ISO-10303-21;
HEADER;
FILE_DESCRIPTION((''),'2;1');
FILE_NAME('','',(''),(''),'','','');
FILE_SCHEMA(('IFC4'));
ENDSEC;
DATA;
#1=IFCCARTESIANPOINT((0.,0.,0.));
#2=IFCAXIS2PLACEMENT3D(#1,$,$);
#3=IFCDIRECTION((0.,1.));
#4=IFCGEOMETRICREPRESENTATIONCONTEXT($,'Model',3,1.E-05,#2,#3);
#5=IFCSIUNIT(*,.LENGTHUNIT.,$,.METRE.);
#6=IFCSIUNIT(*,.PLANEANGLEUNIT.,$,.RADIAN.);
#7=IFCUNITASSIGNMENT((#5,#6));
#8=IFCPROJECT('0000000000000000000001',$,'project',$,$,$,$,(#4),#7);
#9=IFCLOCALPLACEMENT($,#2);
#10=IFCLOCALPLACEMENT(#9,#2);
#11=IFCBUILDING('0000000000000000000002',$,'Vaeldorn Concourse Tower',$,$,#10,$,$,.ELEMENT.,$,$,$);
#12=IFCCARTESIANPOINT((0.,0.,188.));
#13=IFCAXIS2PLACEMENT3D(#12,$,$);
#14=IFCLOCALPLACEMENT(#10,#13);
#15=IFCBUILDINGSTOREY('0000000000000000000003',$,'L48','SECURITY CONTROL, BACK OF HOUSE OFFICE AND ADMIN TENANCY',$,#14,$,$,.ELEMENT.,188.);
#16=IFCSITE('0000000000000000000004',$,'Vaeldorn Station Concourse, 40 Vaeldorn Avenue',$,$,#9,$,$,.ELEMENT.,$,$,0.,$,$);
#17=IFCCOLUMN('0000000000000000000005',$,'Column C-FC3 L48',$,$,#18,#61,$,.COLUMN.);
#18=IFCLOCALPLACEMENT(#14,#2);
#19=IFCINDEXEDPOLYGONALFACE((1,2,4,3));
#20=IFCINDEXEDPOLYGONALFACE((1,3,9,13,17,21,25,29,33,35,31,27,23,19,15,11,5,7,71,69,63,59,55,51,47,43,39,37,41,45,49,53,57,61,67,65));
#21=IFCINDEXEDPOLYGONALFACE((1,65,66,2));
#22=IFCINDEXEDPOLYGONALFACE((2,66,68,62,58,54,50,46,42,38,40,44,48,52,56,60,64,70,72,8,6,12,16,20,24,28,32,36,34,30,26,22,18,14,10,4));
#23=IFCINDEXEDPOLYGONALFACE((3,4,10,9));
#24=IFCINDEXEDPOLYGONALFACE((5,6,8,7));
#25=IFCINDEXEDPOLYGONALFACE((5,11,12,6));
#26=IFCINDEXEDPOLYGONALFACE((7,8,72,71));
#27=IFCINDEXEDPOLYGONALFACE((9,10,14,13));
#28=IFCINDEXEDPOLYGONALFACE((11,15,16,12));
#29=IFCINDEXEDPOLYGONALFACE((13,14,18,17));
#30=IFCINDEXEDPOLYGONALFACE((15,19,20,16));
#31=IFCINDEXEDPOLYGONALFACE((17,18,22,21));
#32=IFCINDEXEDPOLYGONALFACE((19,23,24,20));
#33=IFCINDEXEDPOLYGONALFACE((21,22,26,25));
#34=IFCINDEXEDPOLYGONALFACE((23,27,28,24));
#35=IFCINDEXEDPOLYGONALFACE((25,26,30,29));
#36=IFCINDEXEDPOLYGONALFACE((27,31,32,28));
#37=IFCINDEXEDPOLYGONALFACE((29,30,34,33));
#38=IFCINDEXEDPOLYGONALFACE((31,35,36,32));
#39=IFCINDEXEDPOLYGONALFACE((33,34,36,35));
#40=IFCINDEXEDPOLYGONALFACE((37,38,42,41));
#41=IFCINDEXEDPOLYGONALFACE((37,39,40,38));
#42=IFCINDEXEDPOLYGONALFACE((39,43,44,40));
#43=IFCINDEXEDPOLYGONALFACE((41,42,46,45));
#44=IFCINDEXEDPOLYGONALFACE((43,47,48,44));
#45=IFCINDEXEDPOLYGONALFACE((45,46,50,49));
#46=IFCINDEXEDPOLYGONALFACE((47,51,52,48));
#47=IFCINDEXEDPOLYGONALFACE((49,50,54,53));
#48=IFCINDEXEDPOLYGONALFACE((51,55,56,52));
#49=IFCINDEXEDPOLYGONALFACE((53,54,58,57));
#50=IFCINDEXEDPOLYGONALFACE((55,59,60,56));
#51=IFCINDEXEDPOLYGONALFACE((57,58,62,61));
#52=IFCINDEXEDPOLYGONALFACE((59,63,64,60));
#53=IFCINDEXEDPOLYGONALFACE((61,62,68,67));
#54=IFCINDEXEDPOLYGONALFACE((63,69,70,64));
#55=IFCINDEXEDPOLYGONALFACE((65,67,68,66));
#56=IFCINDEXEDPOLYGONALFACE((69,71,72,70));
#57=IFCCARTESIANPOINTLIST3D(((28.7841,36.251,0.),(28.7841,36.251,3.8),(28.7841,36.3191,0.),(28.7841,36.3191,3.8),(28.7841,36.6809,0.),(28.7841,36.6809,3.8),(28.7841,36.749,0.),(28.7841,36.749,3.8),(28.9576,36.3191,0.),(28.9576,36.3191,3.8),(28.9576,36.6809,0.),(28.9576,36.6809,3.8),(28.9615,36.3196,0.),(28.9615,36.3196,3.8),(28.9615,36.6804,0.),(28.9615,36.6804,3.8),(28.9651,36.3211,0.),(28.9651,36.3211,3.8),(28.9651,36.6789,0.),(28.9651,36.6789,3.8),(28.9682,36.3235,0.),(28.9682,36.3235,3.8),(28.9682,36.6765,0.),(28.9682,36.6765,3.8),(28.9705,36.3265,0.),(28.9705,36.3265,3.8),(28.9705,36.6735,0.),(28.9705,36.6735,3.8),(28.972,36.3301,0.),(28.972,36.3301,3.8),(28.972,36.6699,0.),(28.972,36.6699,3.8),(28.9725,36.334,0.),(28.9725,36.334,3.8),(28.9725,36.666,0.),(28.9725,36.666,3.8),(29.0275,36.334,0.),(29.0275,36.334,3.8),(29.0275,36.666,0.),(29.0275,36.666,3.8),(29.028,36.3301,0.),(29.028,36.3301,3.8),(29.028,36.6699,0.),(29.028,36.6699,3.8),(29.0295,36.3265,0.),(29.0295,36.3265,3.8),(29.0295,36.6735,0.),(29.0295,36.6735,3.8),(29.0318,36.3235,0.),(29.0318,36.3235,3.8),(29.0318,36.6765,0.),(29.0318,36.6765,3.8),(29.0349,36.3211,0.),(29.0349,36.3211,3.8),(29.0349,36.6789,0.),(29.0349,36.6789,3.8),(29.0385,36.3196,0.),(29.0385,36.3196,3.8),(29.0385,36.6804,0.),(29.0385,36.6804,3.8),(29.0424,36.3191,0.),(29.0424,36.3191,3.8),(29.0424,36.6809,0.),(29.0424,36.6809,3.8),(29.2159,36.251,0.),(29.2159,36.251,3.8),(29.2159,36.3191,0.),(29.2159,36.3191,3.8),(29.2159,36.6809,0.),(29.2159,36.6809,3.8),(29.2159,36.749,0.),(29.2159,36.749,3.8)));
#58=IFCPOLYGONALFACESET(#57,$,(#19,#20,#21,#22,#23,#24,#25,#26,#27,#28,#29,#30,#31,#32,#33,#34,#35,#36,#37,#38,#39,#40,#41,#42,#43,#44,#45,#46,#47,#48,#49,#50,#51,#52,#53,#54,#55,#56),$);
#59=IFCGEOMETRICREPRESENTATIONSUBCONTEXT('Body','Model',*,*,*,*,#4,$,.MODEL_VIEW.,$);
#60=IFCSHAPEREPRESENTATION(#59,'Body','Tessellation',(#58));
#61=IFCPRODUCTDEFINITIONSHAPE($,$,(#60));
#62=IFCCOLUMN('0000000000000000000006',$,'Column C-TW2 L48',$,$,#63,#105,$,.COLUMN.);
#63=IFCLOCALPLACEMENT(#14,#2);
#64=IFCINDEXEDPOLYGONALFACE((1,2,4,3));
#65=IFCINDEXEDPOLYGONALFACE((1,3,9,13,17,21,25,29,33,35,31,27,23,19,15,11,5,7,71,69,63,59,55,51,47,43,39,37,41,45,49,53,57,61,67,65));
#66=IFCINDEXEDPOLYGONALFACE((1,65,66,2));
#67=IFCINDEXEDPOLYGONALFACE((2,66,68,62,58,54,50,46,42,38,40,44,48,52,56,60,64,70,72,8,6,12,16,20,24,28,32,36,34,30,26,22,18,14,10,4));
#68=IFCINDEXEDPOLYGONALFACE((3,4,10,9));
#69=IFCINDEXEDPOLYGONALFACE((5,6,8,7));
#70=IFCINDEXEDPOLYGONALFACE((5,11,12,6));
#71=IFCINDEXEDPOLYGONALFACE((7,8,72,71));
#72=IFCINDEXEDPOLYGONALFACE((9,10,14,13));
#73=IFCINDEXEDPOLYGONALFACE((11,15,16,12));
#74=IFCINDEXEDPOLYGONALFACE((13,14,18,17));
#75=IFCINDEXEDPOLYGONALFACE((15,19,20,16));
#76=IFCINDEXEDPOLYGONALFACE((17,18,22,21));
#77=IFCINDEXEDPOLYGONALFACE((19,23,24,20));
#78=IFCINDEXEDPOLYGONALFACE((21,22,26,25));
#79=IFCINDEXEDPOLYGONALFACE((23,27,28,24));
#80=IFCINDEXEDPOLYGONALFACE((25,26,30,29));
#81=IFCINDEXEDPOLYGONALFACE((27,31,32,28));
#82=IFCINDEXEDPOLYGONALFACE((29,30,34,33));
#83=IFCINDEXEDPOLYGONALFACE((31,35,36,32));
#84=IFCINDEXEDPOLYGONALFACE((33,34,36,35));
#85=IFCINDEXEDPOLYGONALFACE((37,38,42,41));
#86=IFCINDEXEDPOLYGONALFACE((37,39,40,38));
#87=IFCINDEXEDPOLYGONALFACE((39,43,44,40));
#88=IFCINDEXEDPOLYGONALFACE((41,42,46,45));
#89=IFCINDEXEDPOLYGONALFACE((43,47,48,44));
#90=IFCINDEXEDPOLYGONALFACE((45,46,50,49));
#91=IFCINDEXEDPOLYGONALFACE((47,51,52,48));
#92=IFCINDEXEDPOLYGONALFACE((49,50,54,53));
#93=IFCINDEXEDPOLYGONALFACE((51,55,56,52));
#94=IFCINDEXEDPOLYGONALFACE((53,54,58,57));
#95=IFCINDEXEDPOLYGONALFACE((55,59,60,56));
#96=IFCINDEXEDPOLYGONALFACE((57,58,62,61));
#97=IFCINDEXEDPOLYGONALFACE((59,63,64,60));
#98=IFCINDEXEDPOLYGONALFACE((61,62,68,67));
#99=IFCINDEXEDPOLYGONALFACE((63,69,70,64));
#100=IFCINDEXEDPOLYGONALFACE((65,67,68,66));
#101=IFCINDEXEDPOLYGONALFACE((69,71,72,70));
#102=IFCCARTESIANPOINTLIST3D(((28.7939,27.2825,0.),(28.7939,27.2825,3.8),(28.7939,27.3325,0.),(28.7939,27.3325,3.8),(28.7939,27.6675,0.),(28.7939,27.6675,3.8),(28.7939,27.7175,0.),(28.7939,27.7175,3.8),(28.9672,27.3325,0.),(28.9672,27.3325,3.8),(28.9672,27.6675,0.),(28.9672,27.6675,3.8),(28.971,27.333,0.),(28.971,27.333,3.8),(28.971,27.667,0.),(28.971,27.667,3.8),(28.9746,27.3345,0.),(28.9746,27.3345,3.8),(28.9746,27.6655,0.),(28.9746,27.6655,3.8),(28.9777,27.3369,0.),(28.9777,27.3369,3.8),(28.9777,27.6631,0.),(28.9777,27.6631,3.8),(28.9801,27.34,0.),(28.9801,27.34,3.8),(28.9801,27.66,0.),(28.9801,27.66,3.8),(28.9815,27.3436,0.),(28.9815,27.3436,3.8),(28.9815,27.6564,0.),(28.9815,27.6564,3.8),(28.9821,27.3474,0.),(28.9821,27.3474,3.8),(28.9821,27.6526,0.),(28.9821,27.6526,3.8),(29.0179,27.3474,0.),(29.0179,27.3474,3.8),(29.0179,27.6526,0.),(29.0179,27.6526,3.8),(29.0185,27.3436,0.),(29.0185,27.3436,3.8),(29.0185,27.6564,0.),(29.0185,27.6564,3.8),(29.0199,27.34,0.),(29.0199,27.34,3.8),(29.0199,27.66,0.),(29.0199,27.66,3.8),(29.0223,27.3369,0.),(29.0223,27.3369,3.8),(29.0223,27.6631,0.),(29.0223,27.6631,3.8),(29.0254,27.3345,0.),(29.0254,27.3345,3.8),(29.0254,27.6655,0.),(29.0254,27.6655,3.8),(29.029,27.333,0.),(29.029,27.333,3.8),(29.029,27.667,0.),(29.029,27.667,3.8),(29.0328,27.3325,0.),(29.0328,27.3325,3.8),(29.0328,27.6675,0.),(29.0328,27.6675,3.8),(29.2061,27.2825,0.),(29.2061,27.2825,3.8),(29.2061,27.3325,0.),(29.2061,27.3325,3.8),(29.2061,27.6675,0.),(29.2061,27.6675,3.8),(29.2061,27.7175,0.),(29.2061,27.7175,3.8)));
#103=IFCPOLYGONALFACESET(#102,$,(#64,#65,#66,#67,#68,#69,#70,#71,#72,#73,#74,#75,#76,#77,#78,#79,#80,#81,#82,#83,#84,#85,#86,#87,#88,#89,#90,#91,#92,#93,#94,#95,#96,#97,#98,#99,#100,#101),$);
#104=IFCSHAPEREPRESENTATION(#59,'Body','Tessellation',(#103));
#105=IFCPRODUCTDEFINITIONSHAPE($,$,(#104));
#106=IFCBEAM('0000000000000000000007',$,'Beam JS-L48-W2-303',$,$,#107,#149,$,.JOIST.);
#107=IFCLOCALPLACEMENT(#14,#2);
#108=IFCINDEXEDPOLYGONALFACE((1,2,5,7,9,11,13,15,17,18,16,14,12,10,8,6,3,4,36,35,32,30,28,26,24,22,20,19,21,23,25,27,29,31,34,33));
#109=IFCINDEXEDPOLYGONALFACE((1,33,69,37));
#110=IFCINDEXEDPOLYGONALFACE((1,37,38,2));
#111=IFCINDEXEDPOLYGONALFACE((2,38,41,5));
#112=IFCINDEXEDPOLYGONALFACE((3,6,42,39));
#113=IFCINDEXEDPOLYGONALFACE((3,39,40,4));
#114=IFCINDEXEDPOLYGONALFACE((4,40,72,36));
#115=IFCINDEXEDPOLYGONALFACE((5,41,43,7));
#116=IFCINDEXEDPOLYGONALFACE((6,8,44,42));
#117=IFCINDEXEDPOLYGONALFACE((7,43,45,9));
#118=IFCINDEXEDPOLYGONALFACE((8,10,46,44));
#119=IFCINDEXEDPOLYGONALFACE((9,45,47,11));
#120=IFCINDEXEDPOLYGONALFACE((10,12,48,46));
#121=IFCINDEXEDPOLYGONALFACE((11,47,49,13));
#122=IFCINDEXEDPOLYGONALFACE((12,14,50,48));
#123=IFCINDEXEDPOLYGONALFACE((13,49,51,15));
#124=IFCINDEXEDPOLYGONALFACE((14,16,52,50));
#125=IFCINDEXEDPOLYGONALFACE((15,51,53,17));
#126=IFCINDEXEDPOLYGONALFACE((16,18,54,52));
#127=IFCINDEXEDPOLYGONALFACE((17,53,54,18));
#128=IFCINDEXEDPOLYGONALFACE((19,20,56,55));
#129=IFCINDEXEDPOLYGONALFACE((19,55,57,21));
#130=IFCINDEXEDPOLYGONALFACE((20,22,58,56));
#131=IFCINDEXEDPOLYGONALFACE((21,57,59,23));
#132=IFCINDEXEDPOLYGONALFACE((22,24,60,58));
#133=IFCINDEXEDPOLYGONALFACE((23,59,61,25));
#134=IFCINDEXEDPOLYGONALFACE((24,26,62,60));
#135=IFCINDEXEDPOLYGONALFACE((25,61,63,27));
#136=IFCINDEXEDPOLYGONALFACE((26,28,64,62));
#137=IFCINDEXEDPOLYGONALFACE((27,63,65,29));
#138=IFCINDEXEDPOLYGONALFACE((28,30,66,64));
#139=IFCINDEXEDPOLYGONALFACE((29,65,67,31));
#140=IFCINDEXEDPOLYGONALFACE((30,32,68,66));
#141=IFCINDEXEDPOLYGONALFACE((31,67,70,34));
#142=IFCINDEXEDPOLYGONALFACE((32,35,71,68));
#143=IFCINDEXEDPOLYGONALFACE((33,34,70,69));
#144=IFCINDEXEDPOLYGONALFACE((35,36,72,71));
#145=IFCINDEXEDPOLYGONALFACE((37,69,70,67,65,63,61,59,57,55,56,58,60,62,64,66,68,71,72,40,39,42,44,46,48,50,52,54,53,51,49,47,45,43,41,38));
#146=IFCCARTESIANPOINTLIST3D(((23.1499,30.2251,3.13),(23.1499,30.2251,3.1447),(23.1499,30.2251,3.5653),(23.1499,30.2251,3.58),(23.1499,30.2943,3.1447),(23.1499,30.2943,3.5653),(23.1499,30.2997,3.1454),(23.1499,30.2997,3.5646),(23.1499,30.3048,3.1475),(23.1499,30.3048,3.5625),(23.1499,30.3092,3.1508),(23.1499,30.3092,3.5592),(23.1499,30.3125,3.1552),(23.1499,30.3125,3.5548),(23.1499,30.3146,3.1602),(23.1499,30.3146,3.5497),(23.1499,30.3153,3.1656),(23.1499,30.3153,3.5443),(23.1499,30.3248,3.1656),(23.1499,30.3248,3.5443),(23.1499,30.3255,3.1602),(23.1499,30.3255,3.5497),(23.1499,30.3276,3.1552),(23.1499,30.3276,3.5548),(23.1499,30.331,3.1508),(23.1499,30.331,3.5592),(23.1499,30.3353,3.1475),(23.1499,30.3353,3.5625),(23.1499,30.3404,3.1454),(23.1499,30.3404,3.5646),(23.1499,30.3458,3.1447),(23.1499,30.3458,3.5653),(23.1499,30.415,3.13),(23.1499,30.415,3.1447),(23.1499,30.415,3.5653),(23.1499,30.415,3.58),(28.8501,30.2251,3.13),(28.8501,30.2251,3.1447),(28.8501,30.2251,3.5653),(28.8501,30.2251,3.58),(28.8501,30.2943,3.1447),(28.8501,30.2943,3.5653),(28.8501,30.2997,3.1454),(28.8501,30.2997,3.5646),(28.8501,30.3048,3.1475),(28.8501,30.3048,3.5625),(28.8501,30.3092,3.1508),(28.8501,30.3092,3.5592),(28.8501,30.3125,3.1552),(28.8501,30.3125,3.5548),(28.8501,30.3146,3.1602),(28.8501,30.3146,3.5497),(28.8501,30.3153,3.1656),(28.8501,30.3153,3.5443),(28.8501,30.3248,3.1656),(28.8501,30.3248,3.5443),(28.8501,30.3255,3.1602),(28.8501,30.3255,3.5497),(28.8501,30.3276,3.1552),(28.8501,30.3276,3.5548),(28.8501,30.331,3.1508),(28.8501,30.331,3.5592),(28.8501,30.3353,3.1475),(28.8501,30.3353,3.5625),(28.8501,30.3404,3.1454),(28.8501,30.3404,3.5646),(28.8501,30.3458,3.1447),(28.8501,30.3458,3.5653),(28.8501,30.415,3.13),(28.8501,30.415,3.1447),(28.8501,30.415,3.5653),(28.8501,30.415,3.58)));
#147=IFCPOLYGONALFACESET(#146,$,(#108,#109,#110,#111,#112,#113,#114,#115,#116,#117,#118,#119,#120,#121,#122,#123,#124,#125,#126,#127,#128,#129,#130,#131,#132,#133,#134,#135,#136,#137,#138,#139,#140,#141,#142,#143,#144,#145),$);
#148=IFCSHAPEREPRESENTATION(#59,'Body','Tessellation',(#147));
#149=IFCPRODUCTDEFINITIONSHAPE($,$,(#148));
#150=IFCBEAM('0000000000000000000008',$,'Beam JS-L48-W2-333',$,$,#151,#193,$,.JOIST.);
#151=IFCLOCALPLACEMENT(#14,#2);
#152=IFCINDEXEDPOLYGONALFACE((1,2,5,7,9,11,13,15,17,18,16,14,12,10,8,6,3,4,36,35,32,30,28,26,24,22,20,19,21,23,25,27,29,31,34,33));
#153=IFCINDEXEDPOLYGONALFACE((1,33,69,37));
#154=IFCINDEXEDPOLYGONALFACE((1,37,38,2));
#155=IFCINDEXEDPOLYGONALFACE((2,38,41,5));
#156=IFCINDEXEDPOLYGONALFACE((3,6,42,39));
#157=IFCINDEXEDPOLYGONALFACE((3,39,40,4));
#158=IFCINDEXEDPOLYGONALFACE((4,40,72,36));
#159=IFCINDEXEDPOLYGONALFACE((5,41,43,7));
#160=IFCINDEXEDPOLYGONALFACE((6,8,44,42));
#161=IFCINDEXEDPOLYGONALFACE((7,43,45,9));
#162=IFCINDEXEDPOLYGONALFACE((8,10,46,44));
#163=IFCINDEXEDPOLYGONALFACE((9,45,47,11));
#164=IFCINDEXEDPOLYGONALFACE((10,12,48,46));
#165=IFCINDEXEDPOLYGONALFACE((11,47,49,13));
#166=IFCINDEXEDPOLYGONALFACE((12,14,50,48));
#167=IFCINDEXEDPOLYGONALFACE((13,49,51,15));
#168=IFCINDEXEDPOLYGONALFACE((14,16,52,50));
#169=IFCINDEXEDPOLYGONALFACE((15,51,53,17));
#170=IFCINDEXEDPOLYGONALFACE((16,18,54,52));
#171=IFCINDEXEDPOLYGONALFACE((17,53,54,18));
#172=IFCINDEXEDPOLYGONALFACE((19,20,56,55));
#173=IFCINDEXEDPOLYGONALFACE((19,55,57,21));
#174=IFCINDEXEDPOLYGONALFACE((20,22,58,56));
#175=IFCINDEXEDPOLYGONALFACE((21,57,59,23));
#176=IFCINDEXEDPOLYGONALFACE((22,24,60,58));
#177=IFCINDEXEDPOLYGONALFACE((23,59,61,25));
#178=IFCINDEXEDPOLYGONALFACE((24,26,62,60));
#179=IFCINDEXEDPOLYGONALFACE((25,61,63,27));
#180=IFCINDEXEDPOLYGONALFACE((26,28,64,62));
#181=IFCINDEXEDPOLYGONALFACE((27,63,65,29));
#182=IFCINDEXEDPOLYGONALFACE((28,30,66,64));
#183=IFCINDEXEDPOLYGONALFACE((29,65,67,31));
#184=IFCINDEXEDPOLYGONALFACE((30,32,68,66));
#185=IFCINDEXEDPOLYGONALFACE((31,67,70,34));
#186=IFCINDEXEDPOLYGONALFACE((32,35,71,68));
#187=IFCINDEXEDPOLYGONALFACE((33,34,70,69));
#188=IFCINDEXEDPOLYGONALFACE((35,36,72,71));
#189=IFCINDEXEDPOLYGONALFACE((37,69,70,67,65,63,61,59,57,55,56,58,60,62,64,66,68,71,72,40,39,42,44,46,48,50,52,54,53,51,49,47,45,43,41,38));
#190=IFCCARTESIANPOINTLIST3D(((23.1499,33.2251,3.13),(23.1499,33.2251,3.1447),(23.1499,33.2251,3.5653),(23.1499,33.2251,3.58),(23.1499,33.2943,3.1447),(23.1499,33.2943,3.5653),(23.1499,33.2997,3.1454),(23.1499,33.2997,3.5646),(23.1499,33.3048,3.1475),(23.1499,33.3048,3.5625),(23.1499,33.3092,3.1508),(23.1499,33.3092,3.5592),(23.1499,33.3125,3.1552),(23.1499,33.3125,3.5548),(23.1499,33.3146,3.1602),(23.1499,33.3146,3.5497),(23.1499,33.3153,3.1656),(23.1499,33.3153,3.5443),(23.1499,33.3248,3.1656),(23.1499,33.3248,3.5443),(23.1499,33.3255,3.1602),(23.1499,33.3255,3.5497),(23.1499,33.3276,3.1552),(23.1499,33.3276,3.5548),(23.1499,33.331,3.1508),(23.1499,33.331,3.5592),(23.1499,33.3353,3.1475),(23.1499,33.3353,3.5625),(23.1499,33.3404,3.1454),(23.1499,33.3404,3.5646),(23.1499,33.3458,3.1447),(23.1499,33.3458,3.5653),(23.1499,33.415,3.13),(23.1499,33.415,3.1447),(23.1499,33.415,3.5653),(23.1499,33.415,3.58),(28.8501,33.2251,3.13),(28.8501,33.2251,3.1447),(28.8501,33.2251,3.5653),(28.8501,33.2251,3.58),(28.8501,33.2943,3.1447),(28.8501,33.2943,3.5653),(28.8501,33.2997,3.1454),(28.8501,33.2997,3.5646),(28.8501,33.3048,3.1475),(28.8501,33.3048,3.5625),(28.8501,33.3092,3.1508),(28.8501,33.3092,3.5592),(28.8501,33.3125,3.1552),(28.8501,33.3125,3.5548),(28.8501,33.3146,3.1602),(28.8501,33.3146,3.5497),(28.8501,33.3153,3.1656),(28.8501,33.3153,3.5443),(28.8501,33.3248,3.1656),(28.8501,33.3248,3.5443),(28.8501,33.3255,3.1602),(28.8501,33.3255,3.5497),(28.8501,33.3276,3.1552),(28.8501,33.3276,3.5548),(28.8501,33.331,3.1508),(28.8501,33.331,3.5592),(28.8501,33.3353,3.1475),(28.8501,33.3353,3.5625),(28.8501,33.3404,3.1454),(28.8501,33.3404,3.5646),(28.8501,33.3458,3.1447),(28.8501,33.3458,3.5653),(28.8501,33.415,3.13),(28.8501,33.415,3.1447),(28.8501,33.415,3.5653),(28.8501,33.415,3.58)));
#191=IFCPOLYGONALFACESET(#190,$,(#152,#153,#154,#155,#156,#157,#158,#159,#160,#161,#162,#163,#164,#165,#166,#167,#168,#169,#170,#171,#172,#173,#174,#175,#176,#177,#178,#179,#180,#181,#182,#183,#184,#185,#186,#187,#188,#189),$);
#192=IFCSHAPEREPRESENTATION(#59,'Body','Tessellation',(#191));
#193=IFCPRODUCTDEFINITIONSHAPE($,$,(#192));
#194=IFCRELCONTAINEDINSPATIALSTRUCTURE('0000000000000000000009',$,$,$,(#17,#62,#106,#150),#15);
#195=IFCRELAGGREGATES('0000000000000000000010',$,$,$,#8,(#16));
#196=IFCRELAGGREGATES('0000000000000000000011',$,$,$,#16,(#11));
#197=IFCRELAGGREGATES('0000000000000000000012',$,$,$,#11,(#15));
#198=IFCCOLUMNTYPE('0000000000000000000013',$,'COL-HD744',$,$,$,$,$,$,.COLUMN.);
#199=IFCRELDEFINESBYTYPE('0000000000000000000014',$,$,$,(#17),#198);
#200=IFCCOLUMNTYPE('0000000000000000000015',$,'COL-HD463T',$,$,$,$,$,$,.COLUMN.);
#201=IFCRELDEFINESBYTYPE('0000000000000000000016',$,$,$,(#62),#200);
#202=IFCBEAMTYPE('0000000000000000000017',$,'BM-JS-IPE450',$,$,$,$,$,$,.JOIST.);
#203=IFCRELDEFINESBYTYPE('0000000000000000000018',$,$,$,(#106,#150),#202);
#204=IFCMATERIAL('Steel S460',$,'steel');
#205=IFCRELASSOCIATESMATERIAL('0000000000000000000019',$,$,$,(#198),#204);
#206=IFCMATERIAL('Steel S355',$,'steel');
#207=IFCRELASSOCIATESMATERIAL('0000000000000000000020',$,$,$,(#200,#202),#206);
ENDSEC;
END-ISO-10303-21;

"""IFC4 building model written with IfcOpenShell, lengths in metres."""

from ifc_helpers import new_model, si_unit, direction, frame, origin, origin_2d, place, context, subcontext, project, spatial, i_section, extrude, source, transform, mapped, material, material_profile, profile_set, type_object, element, save


model = new_model("IFC4")

# Units and contexts
model_context = context("Model", 3, precision=1e-05, world=origin(), true_north=direction((0.0, 1.0)))
body_context = subcontext(model_context, "Body", "Model", "MODEL_VIEW")
ifc_project = project(units=[si_unit("LENGTHUNIT", "METRE"), si_unit("PLANEANGLEUNIT", "RADIAN")], contexts=[model_context])

# Site, building, storey
site_placement = place(None, origin())
site = spatial("IfcSite", under=ifc_project, at=site_placement, Name="Vaeldorn Station Concourse, 40 Vaeldorn Avenue", CompositionType="ELEMENT", RefElevation=0.0)
building_placement = place(site_placement, origin())
building = spatial("IfcBuilding", under=site, at=building_placement, Name="Vaeldorn Concourse Tower", CompositionType="ELEMENT")
storey_placement = place(building_placement, frame((0.0, 0.0, 188.0)))
storey = spatial("IfcBuildingStorey", under=building, at=storey_placement, Name="L48", Description="SECURITY CONTROL, BACK OF HOUSE OFFICE AND ADMIN TENANCY", CompositionType="ELEMENT", Elevation=188.0)

# Columns
ifc_material_1 = material(Name="Steel S460", Category="steel")
ifc_material_profile_1 = material_profile(ifc_material_1, i_section(OverallWidth=0.4319, OverallDepth=0.498, WebThickness=0.0549, FlangeThickness=0.0681, FilletRadius=0.0149, at=origin_2d()), Name="HD 400x744")
ifc_profile_set_1 = profile_set([ifc_material_profile_1], Name="Steel S460")
column_type_1 = type_object("IfcColumnType", Name="COL-HD744", PredefinedType="COLUMN", material=ifc_profile_set_1)
shared_shape_1 = source(origin(), body_context, "Body", "SweptSolid", [
    extrude(i_section(OverallWidth=0.4319, OverallDepth=0.498, WebThickness=0.0549, FlangeThickness=0.0681, FilletRadius=0.0149, at=origin_2d()), origin(), (0.0, 0.0, 1.0), 3.8),
])
column_1_placement = place(storey_placement, frame((29.0, 36.5, 0.0), z_axis=(0.0, 0.0, 1.0), x_axis=(1.0, 0.0, 0.0)))
element("IfcColumn", 1, at=column_1_placement, inside=storey, type_object=column_type_1, Name="Column C-FC3 L48", PredefinedType="COLUMN", context=body_context, shape_type="MappedRepresentation", body=[
    mapped(shared_shape_1, transform((0.0, 0.0, 0.0), scale=1.0)),
])
ifc_material_2 = material(Name="Steel S355", Category="steel")
ifc_material_profile_2 = material_profile(ifc_material_2, i_section(OverallWidth=0.4121, OverallDepth=0.4351, WebThickness=0.0359, FlangeThickness=0.05, FilletRadius=0.0149, at=origin_2d()), Name="HD 400x463")
ifc_profile_set_2 = profile_set([ifc_material_profile_2], Name="Steel S355")
column_type_2 = type_object("IfcColumnType", Name="COL-HD463T", PredefinedType="COLUMN", material=ifc_profile_set_2)
shared_shape_2 = source(origin(), body_context, "Body", "SweptSolid", [
    extrude(i_section(OverallWidth=0.4121, OverallDepth=0.4351, WebThickness=0.0359, FlangeThickness=0.05, FilletRadius=0.0149, at=origin_2d()), origin(), (0.0, 0.0, 1.0), 3.8),
])
column_2_placement = place(storey_placement, frame((29.0, 27.5, 0.0), z_axis=(0.0, 0.0, 1.0), x_axis=(1.0, 0.0, 0.0)))
element("IfcColumn", 2, at=column_2_placement, inside=storey, type_object=column_type_2, Name="Column C-TW2 L48", PredefinedType="COLUMN", context=body_context, shape_type="MappedRepresentation", body=[
    mapped(shared_shape_2, transform((0.0, 0.0, 0.0), scale=1.0)),
])

# Beams
ifc_material_profile_3 = material_profile(ifc_material_2, i_section(OverallWidth=0.1899, OverallDepth=0.45, WebThickness=0.0095, FlangeThickness=0.0146, FilletRadius=0.021, at=origin_2d()), Name="IPE 450")
ifc_profile_set_3 = profile_set([ifc_material_profile_3], Name="Steel S355")
beam_type_1 = type_object("IfcBeamType", Name="BM-JS-IPE450", PredefinedType="JOIST", material=ifc_profile_set_3)
shared_shape_3 = source(origin(), body_context, "Body", "SweptSolid", [
    extrude(i_section(OverallWidth=0.1899, OverallDepth=0.45, WebThickness=0.0095, FlangeThickness=0.0146, FilletRadius=0.021, at=origin_2d()), origin(), (0.0, 0.0, 1.0), 5.7002),
])
for number, where, z_axis, x_axis, name in (
    (3, (23.1499, 30.3201, 3.355), (1.0, 0.0, 0.0), (0.0, 1.0, 0.0), "Beam JS-L48-W2-303"),
    (4, (23.1499, 33.3201, 3.355), (1.0, 0.0, 0.0), (0.0, 1.0, 0.0), "Beam JS-L48-W2-333"),
):
    element("IfcBeam", number, at=place(storey_placement, frame(where, z_axis=z_axis, x_axis=x_axis)), inside=storey, type_object=beam_type_1, Name=name, PredefinedType="JOIST", context=body_context, shape_type="MappedRepresentation", body=[
        mapped(shared_shape_3, transform((0.0, 0.0, 0.0), scale=1.0)),
    ])

save(model, "model.ifc")
